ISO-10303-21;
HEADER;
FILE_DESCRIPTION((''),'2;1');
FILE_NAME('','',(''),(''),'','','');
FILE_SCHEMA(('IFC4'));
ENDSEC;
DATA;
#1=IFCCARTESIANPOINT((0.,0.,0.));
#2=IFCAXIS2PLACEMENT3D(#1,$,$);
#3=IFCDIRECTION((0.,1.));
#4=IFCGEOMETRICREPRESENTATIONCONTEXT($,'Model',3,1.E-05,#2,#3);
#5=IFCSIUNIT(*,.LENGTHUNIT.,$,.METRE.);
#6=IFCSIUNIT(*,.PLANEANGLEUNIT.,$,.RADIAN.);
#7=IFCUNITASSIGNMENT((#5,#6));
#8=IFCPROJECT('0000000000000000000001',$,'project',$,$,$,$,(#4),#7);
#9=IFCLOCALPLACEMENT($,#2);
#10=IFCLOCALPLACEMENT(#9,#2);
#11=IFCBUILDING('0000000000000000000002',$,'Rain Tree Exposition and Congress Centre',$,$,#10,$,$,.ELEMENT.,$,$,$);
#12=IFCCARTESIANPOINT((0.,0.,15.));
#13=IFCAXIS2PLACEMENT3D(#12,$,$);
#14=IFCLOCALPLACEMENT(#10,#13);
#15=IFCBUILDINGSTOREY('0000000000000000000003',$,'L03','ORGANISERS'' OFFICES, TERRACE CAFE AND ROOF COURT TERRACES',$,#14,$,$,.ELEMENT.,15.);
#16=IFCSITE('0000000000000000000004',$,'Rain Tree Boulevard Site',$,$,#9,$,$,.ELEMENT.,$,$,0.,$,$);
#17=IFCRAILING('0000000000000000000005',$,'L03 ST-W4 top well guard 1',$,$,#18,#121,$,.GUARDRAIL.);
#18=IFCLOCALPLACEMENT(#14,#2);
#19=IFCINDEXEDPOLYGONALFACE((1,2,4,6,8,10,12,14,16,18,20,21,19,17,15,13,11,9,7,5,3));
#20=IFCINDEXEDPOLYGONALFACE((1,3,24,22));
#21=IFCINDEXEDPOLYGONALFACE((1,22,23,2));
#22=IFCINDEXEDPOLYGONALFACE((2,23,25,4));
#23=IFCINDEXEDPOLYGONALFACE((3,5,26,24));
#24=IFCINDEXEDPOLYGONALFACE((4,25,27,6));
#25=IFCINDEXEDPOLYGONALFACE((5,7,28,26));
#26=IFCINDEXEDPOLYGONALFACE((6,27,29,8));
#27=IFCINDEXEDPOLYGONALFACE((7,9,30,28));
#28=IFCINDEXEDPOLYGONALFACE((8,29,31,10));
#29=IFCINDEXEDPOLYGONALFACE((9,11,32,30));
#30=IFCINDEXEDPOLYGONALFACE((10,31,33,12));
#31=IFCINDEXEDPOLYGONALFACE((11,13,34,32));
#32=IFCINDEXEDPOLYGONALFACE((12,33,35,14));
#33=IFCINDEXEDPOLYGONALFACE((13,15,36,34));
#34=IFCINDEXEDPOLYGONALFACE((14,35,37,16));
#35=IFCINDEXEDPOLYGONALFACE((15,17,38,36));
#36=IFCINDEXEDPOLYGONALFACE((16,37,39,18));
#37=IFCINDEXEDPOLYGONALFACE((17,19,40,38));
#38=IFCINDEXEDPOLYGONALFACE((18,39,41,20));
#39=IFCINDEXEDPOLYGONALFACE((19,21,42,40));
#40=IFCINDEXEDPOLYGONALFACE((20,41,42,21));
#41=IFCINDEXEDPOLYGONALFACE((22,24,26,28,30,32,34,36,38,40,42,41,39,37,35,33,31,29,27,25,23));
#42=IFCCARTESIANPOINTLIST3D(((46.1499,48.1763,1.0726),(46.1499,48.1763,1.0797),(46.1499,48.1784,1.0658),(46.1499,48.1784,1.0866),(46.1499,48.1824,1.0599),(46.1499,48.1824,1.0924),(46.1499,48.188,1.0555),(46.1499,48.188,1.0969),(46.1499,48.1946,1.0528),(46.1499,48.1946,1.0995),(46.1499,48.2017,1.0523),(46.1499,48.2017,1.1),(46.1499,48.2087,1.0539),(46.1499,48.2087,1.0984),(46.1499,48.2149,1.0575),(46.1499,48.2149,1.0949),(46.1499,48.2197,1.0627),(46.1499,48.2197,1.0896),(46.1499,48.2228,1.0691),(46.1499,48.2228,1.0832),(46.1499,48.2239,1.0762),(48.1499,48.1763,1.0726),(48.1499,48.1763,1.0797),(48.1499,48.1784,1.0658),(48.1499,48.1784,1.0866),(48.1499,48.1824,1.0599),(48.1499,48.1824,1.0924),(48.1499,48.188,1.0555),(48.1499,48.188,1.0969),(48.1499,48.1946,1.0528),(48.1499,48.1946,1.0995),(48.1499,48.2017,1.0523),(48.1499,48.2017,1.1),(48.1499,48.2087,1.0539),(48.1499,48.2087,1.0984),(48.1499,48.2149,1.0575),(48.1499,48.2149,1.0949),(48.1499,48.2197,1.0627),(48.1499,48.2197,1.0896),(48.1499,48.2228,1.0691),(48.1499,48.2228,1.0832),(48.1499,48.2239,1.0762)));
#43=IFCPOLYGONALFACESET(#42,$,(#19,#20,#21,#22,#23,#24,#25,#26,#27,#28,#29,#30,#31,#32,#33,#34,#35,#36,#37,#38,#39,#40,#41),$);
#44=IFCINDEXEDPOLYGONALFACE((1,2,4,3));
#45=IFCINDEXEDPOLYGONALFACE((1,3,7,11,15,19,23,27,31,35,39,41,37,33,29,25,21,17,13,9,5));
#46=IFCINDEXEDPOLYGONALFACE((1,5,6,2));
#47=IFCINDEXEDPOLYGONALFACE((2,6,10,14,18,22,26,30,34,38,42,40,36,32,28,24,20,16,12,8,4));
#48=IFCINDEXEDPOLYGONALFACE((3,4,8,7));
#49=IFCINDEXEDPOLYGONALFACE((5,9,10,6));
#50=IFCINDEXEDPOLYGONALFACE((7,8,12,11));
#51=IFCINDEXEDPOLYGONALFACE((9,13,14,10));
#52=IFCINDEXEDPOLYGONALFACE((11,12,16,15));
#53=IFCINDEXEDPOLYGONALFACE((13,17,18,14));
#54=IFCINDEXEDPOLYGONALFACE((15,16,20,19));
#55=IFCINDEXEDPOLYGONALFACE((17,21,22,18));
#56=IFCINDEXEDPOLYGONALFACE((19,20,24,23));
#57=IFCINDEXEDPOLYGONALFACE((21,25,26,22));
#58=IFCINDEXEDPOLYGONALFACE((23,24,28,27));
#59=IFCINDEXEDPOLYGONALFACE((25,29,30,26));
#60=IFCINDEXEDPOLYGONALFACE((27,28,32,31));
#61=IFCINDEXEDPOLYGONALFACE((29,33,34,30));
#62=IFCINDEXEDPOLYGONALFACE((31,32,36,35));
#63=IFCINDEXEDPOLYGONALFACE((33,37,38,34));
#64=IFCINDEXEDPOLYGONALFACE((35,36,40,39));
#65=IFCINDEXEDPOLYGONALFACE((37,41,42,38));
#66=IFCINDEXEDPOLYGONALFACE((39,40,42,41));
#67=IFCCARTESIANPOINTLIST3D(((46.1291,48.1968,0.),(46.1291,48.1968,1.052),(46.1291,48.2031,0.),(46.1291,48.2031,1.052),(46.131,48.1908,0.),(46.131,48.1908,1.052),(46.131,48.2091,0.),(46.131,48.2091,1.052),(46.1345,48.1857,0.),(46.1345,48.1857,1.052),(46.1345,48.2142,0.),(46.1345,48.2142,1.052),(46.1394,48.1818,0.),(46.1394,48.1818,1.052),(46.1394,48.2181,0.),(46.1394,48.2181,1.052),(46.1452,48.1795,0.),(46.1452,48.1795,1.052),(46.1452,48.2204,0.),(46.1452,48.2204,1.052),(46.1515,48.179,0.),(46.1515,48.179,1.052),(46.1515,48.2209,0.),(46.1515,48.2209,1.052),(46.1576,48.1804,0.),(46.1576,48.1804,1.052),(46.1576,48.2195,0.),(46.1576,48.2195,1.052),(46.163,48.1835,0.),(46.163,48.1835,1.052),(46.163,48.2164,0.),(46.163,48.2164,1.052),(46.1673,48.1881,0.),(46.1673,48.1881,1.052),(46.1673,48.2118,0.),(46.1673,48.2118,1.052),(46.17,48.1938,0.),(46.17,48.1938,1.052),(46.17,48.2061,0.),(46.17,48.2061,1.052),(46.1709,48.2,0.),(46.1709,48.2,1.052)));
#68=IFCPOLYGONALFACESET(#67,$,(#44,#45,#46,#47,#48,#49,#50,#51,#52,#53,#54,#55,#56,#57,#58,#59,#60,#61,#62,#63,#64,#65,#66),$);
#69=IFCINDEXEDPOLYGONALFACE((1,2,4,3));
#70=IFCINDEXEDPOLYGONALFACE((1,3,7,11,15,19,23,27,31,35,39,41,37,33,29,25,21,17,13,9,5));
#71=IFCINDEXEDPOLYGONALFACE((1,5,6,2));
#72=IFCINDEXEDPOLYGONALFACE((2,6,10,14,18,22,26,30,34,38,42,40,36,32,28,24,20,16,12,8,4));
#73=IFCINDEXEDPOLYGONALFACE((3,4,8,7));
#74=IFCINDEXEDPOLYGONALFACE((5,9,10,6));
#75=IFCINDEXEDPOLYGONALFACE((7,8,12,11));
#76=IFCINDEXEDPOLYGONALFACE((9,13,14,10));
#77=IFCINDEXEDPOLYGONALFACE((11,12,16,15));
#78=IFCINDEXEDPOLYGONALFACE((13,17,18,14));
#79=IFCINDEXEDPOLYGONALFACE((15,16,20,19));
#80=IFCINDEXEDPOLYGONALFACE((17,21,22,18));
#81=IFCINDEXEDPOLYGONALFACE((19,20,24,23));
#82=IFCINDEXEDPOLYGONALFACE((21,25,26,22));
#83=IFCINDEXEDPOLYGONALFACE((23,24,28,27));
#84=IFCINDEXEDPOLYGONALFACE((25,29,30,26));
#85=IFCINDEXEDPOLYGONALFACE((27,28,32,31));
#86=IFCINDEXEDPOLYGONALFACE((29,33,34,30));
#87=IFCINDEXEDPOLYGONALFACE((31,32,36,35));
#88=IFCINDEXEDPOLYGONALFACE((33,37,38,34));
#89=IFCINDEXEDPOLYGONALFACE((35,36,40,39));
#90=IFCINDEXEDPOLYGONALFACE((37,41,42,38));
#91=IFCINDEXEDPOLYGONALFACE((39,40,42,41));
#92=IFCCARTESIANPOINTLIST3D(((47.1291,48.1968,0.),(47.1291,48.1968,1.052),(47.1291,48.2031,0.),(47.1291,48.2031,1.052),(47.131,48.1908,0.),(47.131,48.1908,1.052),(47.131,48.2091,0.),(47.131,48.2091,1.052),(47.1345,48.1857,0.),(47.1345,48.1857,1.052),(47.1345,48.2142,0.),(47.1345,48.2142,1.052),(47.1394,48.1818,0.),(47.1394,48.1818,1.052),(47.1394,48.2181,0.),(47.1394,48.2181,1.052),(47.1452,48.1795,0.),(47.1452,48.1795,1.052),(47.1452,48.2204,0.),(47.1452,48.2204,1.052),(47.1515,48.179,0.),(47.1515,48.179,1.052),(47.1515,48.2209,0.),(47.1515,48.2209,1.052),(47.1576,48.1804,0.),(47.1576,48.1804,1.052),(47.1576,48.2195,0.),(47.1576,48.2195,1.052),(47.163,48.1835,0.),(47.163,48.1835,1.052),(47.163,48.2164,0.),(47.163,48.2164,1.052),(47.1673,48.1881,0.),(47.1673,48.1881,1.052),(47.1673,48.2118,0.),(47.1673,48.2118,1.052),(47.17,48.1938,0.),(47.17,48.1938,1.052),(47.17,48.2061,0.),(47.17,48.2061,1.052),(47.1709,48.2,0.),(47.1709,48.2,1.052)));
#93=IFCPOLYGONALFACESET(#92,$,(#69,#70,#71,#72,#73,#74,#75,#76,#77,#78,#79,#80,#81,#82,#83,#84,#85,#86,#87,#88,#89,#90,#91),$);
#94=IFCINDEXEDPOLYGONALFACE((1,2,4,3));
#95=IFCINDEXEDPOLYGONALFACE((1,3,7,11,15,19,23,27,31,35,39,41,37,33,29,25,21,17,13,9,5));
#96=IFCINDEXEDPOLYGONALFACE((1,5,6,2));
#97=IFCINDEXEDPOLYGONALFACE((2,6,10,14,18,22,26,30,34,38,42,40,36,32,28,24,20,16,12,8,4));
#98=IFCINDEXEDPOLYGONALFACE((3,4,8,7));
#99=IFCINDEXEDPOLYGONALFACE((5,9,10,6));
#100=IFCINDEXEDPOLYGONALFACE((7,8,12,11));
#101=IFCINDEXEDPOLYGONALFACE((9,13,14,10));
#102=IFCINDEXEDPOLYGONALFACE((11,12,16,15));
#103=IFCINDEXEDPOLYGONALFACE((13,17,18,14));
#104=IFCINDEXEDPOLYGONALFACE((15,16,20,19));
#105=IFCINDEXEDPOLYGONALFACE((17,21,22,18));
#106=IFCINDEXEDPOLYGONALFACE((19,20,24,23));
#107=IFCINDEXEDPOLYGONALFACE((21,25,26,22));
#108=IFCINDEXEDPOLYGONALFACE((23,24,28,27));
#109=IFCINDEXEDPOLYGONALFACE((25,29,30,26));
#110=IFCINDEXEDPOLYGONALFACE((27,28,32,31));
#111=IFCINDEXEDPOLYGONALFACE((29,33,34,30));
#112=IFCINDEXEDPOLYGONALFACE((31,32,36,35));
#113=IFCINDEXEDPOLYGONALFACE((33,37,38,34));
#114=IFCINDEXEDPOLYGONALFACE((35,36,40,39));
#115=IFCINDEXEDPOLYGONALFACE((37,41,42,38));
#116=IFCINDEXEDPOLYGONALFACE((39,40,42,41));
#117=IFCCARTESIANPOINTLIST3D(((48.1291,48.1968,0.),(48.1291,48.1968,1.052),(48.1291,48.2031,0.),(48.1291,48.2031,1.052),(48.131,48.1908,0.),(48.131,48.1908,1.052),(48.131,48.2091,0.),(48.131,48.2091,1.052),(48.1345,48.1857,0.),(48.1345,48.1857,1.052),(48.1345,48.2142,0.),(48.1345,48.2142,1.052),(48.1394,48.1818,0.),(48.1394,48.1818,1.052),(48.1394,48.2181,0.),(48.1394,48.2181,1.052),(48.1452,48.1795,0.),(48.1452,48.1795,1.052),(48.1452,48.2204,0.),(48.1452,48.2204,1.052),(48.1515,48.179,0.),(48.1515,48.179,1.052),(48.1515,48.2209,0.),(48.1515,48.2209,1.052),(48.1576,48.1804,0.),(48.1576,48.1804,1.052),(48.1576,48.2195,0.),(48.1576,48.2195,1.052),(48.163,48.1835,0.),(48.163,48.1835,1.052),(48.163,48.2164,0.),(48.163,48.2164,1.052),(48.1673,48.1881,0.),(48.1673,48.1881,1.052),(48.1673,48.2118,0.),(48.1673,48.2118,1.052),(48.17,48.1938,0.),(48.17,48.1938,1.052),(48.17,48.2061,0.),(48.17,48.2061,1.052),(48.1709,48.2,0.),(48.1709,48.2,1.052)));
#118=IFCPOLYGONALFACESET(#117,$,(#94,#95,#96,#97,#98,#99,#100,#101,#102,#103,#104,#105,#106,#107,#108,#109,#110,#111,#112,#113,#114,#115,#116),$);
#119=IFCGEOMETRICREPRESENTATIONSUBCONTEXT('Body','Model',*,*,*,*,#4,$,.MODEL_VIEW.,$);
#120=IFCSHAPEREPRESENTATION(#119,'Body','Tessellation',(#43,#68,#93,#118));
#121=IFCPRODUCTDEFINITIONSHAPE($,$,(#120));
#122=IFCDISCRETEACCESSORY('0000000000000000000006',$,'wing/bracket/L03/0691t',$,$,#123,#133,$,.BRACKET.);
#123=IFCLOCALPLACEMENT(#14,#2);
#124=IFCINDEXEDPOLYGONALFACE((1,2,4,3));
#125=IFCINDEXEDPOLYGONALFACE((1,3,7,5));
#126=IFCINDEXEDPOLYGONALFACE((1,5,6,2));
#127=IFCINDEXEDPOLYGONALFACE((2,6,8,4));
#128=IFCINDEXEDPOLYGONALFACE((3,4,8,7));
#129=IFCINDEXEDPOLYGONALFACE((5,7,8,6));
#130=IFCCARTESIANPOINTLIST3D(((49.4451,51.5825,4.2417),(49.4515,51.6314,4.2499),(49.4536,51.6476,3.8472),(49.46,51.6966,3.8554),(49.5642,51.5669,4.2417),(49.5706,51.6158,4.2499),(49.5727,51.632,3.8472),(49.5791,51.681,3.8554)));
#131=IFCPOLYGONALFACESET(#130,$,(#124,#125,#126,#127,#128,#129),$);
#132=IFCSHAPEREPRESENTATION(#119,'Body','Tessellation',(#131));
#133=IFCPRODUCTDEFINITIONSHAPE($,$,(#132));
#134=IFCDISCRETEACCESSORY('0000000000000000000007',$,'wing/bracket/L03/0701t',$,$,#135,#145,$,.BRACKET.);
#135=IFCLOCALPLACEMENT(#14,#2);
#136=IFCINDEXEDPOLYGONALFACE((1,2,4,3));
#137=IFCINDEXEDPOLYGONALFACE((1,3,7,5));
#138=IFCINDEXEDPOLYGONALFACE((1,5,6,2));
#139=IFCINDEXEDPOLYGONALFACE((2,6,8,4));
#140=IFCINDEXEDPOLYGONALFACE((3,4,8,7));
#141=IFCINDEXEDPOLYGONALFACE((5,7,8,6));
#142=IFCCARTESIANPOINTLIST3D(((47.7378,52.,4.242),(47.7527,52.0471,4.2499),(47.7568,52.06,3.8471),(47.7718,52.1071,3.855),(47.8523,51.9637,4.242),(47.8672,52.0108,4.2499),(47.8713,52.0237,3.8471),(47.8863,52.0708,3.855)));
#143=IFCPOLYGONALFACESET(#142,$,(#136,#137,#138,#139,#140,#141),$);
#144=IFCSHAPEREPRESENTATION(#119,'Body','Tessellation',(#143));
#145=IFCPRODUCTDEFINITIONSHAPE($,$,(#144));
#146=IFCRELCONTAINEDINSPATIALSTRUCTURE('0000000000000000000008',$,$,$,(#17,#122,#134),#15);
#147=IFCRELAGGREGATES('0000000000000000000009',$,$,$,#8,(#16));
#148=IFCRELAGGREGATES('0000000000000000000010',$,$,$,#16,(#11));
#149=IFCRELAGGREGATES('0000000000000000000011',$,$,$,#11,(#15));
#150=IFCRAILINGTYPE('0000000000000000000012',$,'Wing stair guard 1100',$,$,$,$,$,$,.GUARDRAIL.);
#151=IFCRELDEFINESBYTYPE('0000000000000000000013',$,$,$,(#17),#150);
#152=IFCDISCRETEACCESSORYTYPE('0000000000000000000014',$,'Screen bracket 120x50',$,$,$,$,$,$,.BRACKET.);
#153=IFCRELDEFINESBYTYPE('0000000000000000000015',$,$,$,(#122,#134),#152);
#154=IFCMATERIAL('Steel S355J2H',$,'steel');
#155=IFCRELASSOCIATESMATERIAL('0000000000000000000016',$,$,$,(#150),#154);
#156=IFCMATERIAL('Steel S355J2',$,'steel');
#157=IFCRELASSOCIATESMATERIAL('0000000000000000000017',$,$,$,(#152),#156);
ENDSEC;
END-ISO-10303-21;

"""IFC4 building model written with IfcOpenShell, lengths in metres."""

from ifc_helpers import new_model, si_unit, direction, frame, origin, origin_2d, place, context, subcontext, project, spatial, rectangle, circle, extrude, material, material_profile, profile_set, type_object, element, save


model = new_model("IFC4")

# Units and contexts
model_context = context("Model", 3, precision=1e-05, world=origin(), true_north=direction((0.0, 1.0)))
body_context = subcontext(model_context, "Body", "Model", "MODEL_VIEW")
ifc_project = project(units=[si_unit("LENGTHUNIT", "METRE"), si_unit("PLANEANGLEUNIT", "RADIAN")], contexts=[model_context])

# Site, building, storey
site_placement = place(None, origin())
site = spatial("IfcSite", under=ifc_project, at=site_placement, Name="Rain Tree Boulevard Site", CompositionType="ELEMENT", RefElevation=0.0)
building_placement = place(site_placement, origin())
building = spatial("IfcBuilding", under=site, at=building_placement, Name="Rain Tree Exposition and Congress Centre", CompositionType="ELEMENT")
storey_placement = place(building_placement, frame((0.0, 0.0, 15.0)))
storey = spatial("IfcBuildingStorey", under=building, at=storey_placement, Name="L03", Description="ORGANISERS' OFFICES, TERRACE CAFE AND ROOF COURT TERRACES", CompositionType="ELEMENT", Elevation=15.0)

# Railing
ifc_material_1 = material(Name="Steel S355J2H", Category="steel")
railing_type = type_object("IfcRailingType", Name="Wing stair guard 1100", PredefinedType="GUARDRAIL", material=ifc_material_1)
railing_placement = place(storey_placement, frame((46.1499, 48.2, 0.0)))
element("IfcRailing", 1, at=railing_placement, inside=storey, type_object=railing_type, Name="L03 ST-W4 top well guard 1", PredefinedType="GUARDRAIL", context=body_context, shape_type="SweptSolid", body=[
    extrude(circle(Radius=0.0239, at=origin_2d()), frame((0.0, 0.0, 1.0762), z_axis=(1.0, 0.0, 0.0), x_axis=(0.0, 1.0, 0.0)), (0.0, 0.0, 1.0), 2.0),
    extrude(circle(Radius=0.021, at=origin_2d()), origin(), (0.0, 0.0, 1.0), 1.052),
    extrude(circle(Radius=0.021, at=origin_2d()), frame((1.0, 0.0, 0.0)), (0.0, 0.0, 1.0), 1.052),
    extrude(circle(Radius=0.021, at=origin_2d()), frame((2.0, 0.0, 0.0)), (0.0, 0.0, 1.0), 1.052),
])

# Discrete accessories
ifc_material_2 = material(Name="Steel S355J2", Category="steel")
ifc_material_profile_1 = material_profile(ifc_material_2, rectangle(XDim=0.1201, YDim=0.05, at=origin_2d()), Name="Flat bar 120x50")
ifc_profile_set_1 = profile_set([ifc_material_profile_1], Name="Steel S355J2")
discrete_accessory_type = type_object("IfcDiscreteAccessoryType", Name="Screen bracket 120x50", PredefinedType="BRACKET", material=ifc_profile_set_1)
for number, where, z_axis, x_axis, name in (
    (2, (49.5164, 51.6643, 3.8513), (-0.021364, -0.162976, 0.986399), (0.991517, -0.129974, 0.0), "wing/bracket/L03/0691t"),
    (3, (47.8215, 52.0654, 3.8511), (-0.047606, -0.150142, 0.987518), (0.953231, -0.302244, 0.0), "wing/bracket/L03/0701t"),
):
    element("IfcDiscreteAccessory", number, at=place(storey_placement, frame(where, z_axis=z_axis, x_axis=x_axis)), inside=storey, type_object=discrete_accessory_type, Name=name, PredefinedType="BRACKET", context=body_context, shape_type="SweptSolid", body=[
        extrude(rectangle(XDim=0.1201, YDim=0.05, at=origin_2d()), origin(), (0.0, 0.0, 1.0), 0.3999),
    ])

save(model, "model.ifc")
